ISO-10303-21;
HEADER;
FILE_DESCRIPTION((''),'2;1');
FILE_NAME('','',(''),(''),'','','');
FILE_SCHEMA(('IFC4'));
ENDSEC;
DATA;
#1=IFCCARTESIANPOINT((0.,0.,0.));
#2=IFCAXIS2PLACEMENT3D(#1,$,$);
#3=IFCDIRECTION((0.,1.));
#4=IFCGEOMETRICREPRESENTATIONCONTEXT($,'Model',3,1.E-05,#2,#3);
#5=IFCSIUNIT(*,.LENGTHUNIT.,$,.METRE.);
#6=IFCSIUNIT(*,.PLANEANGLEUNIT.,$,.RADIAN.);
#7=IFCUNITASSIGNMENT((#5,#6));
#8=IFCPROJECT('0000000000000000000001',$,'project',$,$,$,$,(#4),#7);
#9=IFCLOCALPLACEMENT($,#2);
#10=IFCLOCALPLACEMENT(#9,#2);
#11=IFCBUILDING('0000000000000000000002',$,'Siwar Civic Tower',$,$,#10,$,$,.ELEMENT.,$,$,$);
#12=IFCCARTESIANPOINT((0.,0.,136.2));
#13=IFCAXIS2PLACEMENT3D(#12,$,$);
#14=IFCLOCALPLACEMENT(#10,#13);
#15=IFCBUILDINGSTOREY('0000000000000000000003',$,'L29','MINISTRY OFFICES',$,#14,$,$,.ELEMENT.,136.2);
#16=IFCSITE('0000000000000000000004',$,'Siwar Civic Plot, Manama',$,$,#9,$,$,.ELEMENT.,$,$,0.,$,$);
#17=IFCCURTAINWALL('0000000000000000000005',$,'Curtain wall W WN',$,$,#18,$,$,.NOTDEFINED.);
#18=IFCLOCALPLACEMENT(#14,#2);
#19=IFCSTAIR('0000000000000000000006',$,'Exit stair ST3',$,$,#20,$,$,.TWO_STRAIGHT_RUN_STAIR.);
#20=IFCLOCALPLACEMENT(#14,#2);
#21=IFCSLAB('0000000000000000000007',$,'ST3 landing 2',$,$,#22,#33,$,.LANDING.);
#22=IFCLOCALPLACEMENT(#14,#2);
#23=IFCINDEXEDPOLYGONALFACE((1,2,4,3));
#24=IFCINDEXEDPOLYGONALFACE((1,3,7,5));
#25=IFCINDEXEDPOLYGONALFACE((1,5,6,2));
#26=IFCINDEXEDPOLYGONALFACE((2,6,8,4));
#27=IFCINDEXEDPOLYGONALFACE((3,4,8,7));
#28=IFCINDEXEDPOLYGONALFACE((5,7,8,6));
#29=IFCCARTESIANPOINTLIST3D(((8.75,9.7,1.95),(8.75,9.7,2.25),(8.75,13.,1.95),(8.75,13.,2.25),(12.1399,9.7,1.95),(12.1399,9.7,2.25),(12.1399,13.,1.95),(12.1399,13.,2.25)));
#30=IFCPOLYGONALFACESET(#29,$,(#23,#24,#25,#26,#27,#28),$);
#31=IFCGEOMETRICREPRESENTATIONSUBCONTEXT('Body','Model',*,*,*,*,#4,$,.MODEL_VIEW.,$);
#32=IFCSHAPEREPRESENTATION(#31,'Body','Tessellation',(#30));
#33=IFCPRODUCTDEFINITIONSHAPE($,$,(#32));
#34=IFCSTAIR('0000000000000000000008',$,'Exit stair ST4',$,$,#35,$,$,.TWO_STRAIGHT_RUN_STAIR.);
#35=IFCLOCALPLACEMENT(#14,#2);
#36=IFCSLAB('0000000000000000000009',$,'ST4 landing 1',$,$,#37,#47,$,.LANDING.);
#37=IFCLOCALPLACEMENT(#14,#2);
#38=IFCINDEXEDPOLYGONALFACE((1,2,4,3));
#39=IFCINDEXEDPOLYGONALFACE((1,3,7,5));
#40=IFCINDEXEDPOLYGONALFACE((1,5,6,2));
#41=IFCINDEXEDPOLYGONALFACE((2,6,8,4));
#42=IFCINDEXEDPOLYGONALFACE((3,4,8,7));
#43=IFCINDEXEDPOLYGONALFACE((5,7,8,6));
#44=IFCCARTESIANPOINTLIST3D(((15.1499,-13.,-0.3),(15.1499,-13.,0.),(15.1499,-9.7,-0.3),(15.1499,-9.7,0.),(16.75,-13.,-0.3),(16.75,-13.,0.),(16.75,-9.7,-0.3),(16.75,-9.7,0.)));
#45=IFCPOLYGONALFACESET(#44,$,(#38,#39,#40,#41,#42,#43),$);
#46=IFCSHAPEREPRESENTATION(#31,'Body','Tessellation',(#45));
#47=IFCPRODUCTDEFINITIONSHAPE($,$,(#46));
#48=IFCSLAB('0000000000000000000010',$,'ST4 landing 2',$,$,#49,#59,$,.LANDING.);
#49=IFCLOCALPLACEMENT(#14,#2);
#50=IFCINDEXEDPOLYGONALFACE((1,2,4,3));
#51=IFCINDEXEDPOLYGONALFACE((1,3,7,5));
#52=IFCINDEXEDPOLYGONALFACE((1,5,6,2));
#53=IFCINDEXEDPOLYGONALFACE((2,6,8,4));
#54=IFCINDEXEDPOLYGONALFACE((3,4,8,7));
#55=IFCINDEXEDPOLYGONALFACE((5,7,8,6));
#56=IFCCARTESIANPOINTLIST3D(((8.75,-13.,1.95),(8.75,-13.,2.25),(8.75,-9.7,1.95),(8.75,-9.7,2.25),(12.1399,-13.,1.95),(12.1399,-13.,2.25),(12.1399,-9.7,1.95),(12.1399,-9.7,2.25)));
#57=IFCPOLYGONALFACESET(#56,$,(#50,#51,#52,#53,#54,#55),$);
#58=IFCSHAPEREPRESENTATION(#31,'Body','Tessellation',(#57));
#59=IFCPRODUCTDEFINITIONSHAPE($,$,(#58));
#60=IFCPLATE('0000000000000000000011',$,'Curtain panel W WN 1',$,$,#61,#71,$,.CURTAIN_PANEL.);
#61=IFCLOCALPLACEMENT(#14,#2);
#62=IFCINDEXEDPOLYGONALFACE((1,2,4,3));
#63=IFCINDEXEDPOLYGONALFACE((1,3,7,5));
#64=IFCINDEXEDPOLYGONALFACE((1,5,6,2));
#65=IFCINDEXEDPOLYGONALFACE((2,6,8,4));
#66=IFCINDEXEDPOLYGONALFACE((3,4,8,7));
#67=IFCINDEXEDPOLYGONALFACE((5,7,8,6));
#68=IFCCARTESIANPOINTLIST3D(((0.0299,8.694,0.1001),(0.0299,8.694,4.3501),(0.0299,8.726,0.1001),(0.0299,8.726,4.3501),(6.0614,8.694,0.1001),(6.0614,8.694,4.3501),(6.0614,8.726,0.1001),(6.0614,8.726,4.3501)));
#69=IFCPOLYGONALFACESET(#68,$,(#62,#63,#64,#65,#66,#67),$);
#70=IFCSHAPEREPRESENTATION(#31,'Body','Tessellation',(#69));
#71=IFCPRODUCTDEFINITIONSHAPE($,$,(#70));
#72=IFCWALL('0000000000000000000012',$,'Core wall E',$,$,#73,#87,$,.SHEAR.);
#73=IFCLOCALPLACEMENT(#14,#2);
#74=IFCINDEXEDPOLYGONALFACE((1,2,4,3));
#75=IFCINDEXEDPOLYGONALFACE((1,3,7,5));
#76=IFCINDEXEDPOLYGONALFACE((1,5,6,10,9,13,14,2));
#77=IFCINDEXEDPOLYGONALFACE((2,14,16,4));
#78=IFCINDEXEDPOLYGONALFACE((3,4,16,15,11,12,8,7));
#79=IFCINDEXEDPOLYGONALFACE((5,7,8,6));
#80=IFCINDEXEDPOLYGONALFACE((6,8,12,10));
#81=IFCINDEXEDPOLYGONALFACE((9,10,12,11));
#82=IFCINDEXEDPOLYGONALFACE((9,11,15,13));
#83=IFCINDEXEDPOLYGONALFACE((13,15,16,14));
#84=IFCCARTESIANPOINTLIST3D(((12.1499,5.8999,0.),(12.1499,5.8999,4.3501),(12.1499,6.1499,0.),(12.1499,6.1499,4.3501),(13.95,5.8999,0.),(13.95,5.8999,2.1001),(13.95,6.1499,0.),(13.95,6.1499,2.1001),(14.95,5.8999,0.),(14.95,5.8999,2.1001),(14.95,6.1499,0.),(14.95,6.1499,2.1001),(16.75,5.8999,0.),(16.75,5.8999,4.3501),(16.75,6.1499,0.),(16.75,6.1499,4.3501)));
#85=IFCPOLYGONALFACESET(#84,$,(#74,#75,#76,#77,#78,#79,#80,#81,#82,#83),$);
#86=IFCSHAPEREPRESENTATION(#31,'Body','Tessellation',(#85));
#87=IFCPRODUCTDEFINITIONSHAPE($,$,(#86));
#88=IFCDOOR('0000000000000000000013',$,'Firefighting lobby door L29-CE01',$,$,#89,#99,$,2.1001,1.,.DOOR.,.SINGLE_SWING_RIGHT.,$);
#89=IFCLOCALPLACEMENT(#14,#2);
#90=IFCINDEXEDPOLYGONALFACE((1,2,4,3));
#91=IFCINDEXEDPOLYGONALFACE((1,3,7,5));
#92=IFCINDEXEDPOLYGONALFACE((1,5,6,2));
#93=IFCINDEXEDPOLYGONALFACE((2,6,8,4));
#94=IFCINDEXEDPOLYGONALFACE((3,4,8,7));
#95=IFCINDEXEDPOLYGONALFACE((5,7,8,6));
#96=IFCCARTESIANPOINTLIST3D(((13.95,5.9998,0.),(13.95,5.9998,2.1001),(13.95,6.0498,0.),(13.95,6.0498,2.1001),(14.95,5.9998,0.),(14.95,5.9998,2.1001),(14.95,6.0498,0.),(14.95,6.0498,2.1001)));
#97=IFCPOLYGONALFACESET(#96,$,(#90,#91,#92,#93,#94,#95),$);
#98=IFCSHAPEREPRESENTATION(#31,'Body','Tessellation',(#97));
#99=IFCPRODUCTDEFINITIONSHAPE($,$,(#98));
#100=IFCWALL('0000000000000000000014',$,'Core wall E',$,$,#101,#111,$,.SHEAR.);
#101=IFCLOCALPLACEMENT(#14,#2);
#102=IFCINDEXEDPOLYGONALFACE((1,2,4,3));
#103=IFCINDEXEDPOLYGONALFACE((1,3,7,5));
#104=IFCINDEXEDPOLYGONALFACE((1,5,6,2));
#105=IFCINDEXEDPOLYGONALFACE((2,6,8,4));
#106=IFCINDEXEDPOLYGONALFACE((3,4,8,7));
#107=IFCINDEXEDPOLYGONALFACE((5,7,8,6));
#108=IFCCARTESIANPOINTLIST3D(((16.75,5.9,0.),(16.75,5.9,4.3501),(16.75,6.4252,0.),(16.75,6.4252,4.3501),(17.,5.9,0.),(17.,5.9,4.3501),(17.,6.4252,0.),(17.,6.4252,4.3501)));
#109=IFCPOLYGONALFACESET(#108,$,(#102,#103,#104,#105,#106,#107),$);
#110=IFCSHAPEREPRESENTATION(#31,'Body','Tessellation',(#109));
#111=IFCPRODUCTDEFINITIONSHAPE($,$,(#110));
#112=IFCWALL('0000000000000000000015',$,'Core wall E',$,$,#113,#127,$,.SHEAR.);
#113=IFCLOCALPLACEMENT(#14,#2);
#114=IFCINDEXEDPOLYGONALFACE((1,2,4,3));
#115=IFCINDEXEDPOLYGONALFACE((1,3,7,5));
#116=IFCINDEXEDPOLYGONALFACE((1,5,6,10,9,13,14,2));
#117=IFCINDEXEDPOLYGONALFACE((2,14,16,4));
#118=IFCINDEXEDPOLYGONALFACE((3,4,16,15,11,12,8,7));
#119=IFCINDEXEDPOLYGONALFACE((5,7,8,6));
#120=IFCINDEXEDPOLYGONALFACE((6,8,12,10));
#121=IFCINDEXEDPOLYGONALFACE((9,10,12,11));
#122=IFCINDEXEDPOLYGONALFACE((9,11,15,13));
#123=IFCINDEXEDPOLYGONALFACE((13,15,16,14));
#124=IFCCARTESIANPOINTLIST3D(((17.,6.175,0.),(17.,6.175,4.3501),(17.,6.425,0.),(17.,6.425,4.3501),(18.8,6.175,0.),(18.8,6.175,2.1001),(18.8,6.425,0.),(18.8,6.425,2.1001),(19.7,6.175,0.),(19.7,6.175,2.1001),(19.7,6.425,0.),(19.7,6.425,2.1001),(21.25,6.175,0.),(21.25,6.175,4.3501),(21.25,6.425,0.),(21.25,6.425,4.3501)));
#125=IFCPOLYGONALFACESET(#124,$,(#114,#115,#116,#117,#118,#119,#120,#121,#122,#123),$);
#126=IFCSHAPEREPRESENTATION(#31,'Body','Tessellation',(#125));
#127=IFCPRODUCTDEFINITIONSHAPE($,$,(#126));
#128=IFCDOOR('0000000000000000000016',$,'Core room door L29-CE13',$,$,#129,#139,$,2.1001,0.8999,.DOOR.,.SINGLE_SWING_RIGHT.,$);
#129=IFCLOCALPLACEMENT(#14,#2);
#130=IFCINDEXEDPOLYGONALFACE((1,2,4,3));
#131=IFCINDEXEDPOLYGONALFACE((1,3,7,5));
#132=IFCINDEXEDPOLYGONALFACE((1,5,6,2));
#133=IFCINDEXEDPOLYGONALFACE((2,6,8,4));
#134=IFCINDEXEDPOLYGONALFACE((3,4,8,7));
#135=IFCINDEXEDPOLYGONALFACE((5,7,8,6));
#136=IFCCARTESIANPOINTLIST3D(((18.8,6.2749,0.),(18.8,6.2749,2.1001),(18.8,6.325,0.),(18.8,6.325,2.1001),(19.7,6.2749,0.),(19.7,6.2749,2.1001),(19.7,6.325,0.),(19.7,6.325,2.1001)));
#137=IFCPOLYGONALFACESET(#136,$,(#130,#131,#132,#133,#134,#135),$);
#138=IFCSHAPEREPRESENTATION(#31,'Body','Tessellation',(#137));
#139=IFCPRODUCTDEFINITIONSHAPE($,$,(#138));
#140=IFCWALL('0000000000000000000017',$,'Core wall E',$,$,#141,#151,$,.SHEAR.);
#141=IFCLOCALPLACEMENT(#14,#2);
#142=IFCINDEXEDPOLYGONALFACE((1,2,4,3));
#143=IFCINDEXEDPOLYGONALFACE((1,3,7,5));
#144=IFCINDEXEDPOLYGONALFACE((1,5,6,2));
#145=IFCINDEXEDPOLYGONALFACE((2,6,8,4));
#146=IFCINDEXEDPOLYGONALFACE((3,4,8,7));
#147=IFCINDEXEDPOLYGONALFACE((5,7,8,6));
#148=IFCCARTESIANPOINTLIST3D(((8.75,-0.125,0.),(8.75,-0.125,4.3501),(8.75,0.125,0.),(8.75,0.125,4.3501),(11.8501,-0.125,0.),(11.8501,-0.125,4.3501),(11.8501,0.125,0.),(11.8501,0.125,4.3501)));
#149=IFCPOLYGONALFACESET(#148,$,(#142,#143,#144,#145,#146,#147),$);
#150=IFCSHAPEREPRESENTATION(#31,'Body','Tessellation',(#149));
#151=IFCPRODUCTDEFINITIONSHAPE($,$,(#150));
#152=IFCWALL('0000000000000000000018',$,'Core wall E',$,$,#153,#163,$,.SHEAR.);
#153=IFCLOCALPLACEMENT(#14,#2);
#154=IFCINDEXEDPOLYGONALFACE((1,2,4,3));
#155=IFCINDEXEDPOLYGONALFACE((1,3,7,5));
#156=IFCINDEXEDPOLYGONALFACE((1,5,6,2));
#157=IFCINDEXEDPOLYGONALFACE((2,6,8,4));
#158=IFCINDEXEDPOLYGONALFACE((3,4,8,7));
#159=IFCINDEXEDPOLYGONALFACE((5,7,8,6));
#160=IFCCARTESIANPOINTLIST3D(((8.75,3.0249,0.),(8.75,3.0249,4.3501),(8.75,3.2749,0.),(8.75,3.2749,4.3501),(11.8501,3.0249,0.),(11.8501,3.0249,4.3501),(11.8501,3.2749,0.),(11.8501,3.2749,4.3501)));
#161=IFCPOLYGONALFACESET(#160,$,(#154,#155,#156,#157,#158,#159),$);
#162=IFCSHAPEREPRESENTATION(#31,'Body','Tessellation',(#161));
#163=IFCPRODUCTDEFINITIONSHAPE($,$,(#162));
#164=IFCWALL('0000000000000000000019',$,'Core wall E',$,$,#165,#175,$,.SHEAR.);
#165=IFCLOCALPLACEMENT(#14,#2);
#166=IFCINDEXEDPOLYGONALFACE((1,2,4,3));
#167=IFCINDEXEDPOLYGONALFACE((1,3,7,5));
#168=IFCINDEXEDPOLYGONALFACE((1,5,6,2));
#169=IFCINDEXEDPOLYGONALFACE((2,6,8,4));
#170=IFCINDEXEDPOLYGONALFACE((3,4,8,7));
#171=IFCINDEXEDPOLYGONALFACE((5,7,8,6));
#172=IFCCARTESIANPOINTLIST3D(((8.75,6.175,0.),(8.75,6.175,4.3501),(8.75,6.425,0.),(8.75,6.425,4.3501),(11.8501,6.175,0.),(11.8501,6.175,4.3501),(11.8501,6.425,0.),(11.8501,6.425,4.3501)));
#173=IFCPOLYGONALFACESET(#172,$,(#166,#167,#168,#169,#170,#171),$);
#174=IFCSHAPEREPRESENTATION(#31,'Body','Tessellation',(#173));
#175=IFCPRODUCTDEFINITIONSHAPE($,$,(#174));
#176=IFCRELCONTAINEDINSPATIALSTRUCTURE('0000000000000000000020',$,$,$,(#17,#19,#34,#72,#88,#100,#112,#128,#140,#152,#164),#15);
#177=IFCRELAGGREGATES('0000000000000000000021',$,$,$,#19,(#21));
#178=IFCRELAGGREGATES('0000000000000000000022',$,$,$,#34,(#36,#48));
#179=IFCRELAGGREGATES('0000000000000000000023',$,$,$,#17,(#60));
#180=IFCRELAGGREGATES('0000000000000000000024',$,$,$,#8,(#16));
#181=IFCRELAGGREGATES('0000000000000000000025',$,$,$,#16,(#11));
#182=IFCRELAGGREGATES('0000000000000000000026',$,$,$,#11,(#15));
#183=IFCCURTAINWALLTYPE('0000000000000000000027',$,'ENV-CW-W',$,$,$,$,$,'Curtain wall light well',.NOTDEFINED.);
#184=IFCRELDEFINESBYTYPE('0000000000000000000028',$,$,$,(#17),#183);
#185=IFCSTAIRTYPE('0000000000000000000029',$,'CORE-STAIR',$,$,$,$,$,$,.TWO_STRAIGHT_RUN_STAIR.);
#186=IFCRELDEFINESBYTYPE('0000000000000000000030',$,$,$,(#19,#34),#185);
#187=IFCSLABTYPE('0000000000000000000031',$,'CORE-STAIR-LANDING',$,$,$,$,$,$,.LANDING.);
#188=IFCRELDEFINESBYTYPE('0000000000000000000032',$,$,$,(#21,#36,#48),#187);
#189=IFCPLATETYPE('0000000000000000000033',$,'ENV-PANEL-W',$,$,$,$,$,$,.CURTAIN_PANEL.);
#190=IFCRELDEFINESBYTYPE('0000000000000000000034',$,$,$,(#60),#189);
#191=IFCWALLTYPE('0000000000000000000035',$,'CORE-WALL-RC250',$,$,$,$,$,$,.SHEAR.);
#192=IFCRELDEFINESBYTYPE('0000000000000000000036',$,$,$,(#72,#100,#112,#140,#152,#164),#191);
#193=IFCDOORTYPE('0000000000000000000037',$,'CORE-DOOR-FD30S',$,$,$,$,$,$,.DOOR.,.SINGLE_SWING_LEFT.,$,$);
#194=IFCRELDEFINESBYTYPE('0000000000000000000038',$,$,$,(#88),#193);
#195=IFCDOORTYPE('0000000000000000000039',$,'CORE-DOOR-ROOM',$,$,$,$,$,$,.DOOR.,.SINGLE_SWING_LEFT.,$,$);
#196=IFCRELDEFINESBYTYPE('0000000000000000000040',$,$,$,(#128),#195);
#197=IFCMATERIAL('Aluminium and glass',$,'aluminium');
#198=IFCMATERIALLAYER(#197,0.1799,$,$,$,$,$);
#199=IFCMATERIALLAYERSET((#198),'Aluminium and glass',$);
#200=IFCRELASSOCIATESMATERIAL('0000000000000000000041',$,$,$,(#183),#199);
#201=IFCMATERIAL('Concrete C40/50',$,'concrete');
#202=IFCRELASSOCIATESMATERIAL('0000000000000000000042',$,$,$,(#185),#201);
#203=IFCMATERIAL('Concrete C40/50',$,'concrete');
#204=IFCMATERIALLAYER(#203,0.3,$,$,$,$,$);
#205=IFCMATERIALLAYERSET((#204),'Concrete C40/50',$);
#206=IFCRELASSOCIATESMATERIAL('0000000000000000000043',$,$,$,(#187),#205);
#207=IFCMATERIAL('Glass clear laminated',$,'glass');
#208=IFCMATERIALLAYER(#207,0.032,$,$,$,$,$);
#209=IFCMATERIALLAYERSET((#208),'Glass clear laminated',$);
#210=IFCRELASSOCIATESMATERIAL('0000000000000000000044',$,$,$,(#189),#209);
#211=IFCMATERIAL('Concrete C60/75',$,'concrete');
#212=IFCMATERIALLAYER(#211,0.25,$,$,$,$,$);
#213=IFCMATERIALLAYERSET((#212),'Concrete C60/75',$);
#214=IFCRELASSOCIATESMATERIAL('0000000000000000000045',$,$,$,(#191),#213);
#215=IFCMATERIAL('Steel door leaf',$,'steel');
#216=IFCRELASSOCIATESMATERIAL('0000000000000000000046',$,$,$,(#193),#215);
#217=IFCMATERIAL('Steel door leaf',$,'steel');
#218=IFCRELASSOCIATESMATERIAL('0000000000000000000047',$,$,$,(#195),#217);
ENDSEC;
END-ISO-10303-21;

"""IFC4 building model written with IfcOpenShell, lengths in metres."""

from ifc_helpers import new_model, si_unit, direction, frame, frame_2d, origin, origin_2d, place, context, subcontext, project, spatial, polyline, rectangle, outline, extrude, material, layer, layer_set, type_object, element, fill, aggregate, save


model = new_model("IFC4")

# Units and contexts
model_context = context("Model", 3, precision=1e-05, world=origin(), true_north=direction((0.0, 1.0)))
body_context = subcontext(model_context, "Body", "Model", "MODEL_VIEW")
ifc_project = project(units=[si_unit("LENGTHUNIT", "METRE"), si_unit("PLANEANGLEUNIT", "RADIAN")], contexts=[model_context])

# Site, building, storey
site_placement = place(None, origin())
site = spatial("IfcSite", under=ifc_project, at=site_placement, Name="Siwar Civic Plot, Manama", CompositionType="ELEMENT", RefElevation=0.0)
building_placement = place(site_placement, origin())
building = spatial("IfcBuilding", under=site, at=building_placement, Name="Siwar Civic Tower", CompositionType="ELEMENT")
storey_placement = place(building_placement, frame((0.0, 0.0, 136.2)))
storey = spatial("IfcBuildingStorey", under=building, at=storey_placement, Name="L29", Description="MINISTRY OFFICES", CompositionType="ELEMENT", Elevation=136.2)

# Curtain wall
ifc_material_1 = material(Name="Aluminium and glass", Category="aluminium")
ifc_layer_1 = layer(ifc_material_1, 0.1799)
ifc_layer_set_1 = layer_set([ifc_layer_1], Name="Aluminium and glass")
curtain_wall_type = type_object("IfcCurtainWallType", Name="ENV-CW-W", ElementType="Curtain wall light well", PredefinedType="NOTDEFINED", material=ifc_layer_set_1)
curtain_wall_placement = place(storey_placement, origin())
curtain_wall = element("IfcCurtainWall", 1, at=curtain_wall_placement, inside=storey, type_object=curtain_wall_type, Name="Curtain wall W WN", PredefinedType="NOTDEFINED")

# Stair, slab
ifc_material_2 = material(Name="Concrete C40/50", Category="concrete")
stair_type = type_object("IfcStairType", Name="CORE-STAIR", PredefinedType="TWO_STRAIGHT_RUN_STAIR", material=ifc_material_2)
stair_1_placement = place(storey_placement, origin())
stair_1 = element("IfcStair", 2, at=stair_1_placement, inside=storey, type_object=stair_type, Name="Exit stair ST3", PredefinedType="TWO_STRAIGHT_RUN_STAIR")
ifc_material_3 = material(Name="Concrete C40/50", Category="concrete")
ifc_layer_2 = layer(ifc_material_3, 0.3)
ifc_layer_set_2 = layer_set([ifc_layer_2], Name="Concrete C40/50")
slab_type_1 = type_object("IfcSlabType", Name="CORE-STAIR-LANDING", PredefinedType="LANDING", material=ifc_layer_set_2)
slab_1_placement = place(storey_placement, frame((0.0, 0.0, 1.95)))
slab_1 = element("IfcSlab", 3, at=slab_1_placement, type_object=slab_type_1, Name="ST3 landing 2", PredefinedType="LANDING", context=body_context, shape_type="SweptSolid", body=[
    extrude(outline(polyline([(8.75, 9.7), (12.1399, 9.7), (12.1399, 13.0), (8.75, 13.0), (8.75, 9.7)])), origin(), (0.0, 0.0, 1.0), 0.3),
])
aggregate(stair_1, [slab_1])

# Stair, slabs
stair_2_placement = place(storey_placement, origin())
stair_2 = element("IfcStair", 4, at=stair_2_placement, inside=storey, type_object=stair_type, Name="Exit stair ST4", PredefinedType="TWO_STRAIGHT_RUN_STAIR")
slab_2_placement = place(storey_placement, frame((0.0, 0.0, -0.3)))
slab_2 = element("IfcSlab", 5, at=slab_2_placement, type_object=slab_type_1, Name="ST4 landing 1", PredefinedType="LANDING", context=body_context, shape_type="SweptSolid", body=[
    extrude(outline(polyline([(15.1499, -13.0), (16.75, -13.0), (16.75, -9.7), (15.1499, -9.7), (15.1499, -13.0)])), origin(), (0.0, 0.0, 1.0), 0.3),
])
slab_3_placement = place(storey_placement, frame((0.0, 0.0, 1.95)))
slab_3 = element("IfcSlab", 6, at=slab_3_placement, type_object=slab_type_1, Name="ST4 landing 2", PredefinedType="LANDING", context=body_context, shape_type="SweptSolid", body=[
    extrude(outline(polyline([(8.75, -13.0), (12.1399, -13.0), (12.1399, -9.7), (8.75, -9.7), (8.75, -13.0)])), origin(), (0.0, 0.0, 1.0), 0.3),
])
aggregate(stair_2, [slab_2, slab_3])

# Plate
ifc_material_4 = material(Name="Glass clear laminated", Category="glass")
ifc_layer_3 = layer(ifc_material_4, 0.032)
ifc_layer_set_3 = layer_set([ifc_layer_3], Name="Glass clear laminated")
plate_type = type_object("IfcPlateType", Name="ENV-PANEL-W", PredefinedType="CURTAIN_PANEL", material=ifc_layer_set_3)
plate_placement = place(storey_placement, frame((3.0457, 8.71, 0.1001), z_axis=(0.0, 0.0, 1.0), x_axis=(-1.0, 0.0, 0.0)))
plate = element("IfcPlate", 7, at=plate_placement, type_object=plate_type, Name="Curtain panel W WN 1", PredefinedType="CURTAIN_PANEL", context=body_context, shape_type="SweptSolid", body=[
    extrude(rectangle(XDim=6.0315, YDim=0.032, at=origin_2d()), origin(), (0.0, 0.0, 1.0), 4.25),
])
aggregate(curtain_wall, [plate])

# Wall, opening, door
ifc_material_5 = material(Name="Concrete C60/75", Category="concrete")
ifc_layer_4 = layer(ifc_material_5, 0.25)
ifc_layer_set_4 = layer_set([ifc_layer_4], Name="Concrete C60/75")
wall_type_1 = type_object("IfcWallType", Name="CORE-WALL-RC250", PredefinedType="SHEAR", material=ifc_layer_set_4)
wall_1_placement = place(storey_placement, frame((12.1499, 6.0249, 0.0), z_axis=(0.0, 0.0, 1.0), x_axis=(1.0, 0.0, 0.0)))
wall_1 = element("IfcWall", 8, at=wall_1_placement, inside=storey, type_object=wall_type_1, Name="Core wall E", PredefinedType="SHEAR", context=body_context, shape_type="SweptSolid", body=[
    extrude(rectangle(XDim=4.6001, YDim=0.25, at=frame_2d((2.3, 0.0))), origin(), (0.0, 0.0, 1.0), 4.3501),
])
opening_1_placement = place(wall_1_placement, frame((1.8, 0.0, 0.0)))
opening_1 = element("IfcOpeningElement", 9, at=opening_1_placement, cuts=wall_1, PredefinedType="OPENING", context=body_context, shape_type="SweptSolid", body=[
    extrude(rectangle(XDim=1.0, YDim=2.1001, at=frame_2d((0.5, 1.05))), frame((0.0, 0.135, 0.0), z_axis=(0.0, -1.0, 0.0), x_axis=(1.0, 0.0, 0.0)), (0.0, 0.0, 1.0), 0.27),
])
ifc_material_6 = material(Name="Steel door leaf", Category="steel")
door_type_1 = type_object("IfcDoorType", Name="CORE-DOOR-FD30S", OperationType="SINGLE_SWING_LEFT", PredefinedType="DOOR", material=ifc_material_6)
door_1_placement = place(opening_1_placement, origin())
door_1 = element("IfcDoor", 10, at=door_1_placement, inside=storey, type_object=door_type_1, Name="Firefighting lobby door L29-CE01", OperationType="SINGLE_SWING_RIGHT", OverallHeight=2.1001, OverallWidth=1.0, PredefinedType="DOOR", context=body_context, shape_type="SweptSolid", body=[
    extrude(rectangle(XDim=1.0, YDim=2.1001, at=frame_2d((0.5, 1.05))), frame((0.0, 0.0249, 0.0), z_axis=(0.0, -1.0, 0.0), x_axis=(1.0, 0.0, 0.0)), (0.0, 0.0, 1.0), 0.05),
])
fill(opening_1, door_1)

# Wall
wall_2_placement = place(storey_placement, frame((16.875, 5.8999, 0.0), z_axis=(0.0, 0.0, 1.0), x_axis=(0.0, 1.0, 0.0)))
element("IfcWall", 11, at=wall_2_placement, inside=storey, type_object=wall_type_1, Name="Core wall E", PredefinedType="SHEAR", context=body_context, shape_type="SweptSolid", body=[
    extrude(rectangle(XDim=0.5251, YDim=0.25, at=frame_2d((0.2627, 0.0))), origin(), (0.0, 0.0, 1.0), 4.3501),
])

# Wall, opening, door
wall_3_placement = place(storey_placement, frame((17.0, 6.3, 0.0), z_axis=(0.0, 0.0, 1.0), x_axis=(1.0, 0.0, 0.0)))
wall_3 = element("IfcWall", 12, at=wall_3_placement, inside=storey, type_object=wall_type_1, Name="Core wall E", PredefinedType="SHEAR", context=body_context, shape_type="SweptSolid", body=[
    extrude(rectangle(XDim=4.25, YDim=0.25, at=frame_2d((2.125, 0.0))), origin(), (0.0, 0.0, 1.0), 4.3501),
])
opening_2_placement = place(wall_3_placement, frame((1.8, 0.0, 0.0)))
opening_2 = element("IfcOpeningElement", 13, at=opening_2_placement, cuts=wall_3, PredefinedType="OPENING", context=body_context, shape_type="SweptSolid", body=[
    extrude(rectangle(XDim=0.8999, YDim=2.1001, at=frame_2d((0.45, 1.05))), frame((0.0, 0.135, 0.0), z_axis=(0.0, -1.0, 0.0), x_axis=(1.0, 0.0, 0.0)), (0.0, 0.0, 1.0), 0.27),
])
ifc_material_7 = material(Name="Steel door leaf", Category="steel")
door_type_2 = type_object("IfcDoorType", Name="CORE-DOOR-ROOM", OperationType="SINGLE_SWING_LEFT", PredefinedType="DOOR", material=ifc_material_7)
door_2_placement = place(opening_2_placement, origin())
door_2 = element("IfcDoor", 14, at=door_2_placement, inside=storey, type_object=door_type_2, Name="Core room door L29-CE13", OperationType="SINGLE_SWING_RIGHT", OverallHeight=2.1001, OverallWidth=0.8999, PredefinedType="DOOR", context=body_context, shape_type="SweptSolid", body=[
    extrude(rectangle(XDim=0.8999, YDim=2.1001, at=frame_2d((0.45, 1.05))), frame((0.0, 0.0249, 0.0), z_axis=(0.0, -1.0, 0.0), x_axis=(1.0, 0.0, 0.0)), (0.0, 0.0, 1.0), 0.05),
])
fill(opening_2, door_2)

# Walls
for number, where, z_axis, x_axis, name in (
    (15, (8.75, 0.0, 0.0), (0.0, 0.0, 1.0), (1.0, 0.0, 0.0), "Core wall E"),
    (16, (8.75, 3.1499, 0.0), (0.0, 0.0, 1.0), (1.0, 0.0, 0.0), "Core wall E"),
    (17, (8.75, 6.3, 0.0), (0.0, 0.0, 1.0), (1.0, 0.0, 0.0), "Core wall E"),
):
    element("IfcWall", number, at=place(storey_placement, frame(where, z_axis=z_axis, x_axis=x_axis)), inside=storey, type_object=wall_type_1, Name=name, PredefinedType="SHEAR", context=body_context, shape_type="SweptSolid", body=[
        extrude(rectangle(XDim=3.1001, YDim=0.25, at=frame_2d((1.55, 0.0))), origin(), (0.0, 0.0, 1.0), 4.3501),
    ])

save(model, "model.ifc")
